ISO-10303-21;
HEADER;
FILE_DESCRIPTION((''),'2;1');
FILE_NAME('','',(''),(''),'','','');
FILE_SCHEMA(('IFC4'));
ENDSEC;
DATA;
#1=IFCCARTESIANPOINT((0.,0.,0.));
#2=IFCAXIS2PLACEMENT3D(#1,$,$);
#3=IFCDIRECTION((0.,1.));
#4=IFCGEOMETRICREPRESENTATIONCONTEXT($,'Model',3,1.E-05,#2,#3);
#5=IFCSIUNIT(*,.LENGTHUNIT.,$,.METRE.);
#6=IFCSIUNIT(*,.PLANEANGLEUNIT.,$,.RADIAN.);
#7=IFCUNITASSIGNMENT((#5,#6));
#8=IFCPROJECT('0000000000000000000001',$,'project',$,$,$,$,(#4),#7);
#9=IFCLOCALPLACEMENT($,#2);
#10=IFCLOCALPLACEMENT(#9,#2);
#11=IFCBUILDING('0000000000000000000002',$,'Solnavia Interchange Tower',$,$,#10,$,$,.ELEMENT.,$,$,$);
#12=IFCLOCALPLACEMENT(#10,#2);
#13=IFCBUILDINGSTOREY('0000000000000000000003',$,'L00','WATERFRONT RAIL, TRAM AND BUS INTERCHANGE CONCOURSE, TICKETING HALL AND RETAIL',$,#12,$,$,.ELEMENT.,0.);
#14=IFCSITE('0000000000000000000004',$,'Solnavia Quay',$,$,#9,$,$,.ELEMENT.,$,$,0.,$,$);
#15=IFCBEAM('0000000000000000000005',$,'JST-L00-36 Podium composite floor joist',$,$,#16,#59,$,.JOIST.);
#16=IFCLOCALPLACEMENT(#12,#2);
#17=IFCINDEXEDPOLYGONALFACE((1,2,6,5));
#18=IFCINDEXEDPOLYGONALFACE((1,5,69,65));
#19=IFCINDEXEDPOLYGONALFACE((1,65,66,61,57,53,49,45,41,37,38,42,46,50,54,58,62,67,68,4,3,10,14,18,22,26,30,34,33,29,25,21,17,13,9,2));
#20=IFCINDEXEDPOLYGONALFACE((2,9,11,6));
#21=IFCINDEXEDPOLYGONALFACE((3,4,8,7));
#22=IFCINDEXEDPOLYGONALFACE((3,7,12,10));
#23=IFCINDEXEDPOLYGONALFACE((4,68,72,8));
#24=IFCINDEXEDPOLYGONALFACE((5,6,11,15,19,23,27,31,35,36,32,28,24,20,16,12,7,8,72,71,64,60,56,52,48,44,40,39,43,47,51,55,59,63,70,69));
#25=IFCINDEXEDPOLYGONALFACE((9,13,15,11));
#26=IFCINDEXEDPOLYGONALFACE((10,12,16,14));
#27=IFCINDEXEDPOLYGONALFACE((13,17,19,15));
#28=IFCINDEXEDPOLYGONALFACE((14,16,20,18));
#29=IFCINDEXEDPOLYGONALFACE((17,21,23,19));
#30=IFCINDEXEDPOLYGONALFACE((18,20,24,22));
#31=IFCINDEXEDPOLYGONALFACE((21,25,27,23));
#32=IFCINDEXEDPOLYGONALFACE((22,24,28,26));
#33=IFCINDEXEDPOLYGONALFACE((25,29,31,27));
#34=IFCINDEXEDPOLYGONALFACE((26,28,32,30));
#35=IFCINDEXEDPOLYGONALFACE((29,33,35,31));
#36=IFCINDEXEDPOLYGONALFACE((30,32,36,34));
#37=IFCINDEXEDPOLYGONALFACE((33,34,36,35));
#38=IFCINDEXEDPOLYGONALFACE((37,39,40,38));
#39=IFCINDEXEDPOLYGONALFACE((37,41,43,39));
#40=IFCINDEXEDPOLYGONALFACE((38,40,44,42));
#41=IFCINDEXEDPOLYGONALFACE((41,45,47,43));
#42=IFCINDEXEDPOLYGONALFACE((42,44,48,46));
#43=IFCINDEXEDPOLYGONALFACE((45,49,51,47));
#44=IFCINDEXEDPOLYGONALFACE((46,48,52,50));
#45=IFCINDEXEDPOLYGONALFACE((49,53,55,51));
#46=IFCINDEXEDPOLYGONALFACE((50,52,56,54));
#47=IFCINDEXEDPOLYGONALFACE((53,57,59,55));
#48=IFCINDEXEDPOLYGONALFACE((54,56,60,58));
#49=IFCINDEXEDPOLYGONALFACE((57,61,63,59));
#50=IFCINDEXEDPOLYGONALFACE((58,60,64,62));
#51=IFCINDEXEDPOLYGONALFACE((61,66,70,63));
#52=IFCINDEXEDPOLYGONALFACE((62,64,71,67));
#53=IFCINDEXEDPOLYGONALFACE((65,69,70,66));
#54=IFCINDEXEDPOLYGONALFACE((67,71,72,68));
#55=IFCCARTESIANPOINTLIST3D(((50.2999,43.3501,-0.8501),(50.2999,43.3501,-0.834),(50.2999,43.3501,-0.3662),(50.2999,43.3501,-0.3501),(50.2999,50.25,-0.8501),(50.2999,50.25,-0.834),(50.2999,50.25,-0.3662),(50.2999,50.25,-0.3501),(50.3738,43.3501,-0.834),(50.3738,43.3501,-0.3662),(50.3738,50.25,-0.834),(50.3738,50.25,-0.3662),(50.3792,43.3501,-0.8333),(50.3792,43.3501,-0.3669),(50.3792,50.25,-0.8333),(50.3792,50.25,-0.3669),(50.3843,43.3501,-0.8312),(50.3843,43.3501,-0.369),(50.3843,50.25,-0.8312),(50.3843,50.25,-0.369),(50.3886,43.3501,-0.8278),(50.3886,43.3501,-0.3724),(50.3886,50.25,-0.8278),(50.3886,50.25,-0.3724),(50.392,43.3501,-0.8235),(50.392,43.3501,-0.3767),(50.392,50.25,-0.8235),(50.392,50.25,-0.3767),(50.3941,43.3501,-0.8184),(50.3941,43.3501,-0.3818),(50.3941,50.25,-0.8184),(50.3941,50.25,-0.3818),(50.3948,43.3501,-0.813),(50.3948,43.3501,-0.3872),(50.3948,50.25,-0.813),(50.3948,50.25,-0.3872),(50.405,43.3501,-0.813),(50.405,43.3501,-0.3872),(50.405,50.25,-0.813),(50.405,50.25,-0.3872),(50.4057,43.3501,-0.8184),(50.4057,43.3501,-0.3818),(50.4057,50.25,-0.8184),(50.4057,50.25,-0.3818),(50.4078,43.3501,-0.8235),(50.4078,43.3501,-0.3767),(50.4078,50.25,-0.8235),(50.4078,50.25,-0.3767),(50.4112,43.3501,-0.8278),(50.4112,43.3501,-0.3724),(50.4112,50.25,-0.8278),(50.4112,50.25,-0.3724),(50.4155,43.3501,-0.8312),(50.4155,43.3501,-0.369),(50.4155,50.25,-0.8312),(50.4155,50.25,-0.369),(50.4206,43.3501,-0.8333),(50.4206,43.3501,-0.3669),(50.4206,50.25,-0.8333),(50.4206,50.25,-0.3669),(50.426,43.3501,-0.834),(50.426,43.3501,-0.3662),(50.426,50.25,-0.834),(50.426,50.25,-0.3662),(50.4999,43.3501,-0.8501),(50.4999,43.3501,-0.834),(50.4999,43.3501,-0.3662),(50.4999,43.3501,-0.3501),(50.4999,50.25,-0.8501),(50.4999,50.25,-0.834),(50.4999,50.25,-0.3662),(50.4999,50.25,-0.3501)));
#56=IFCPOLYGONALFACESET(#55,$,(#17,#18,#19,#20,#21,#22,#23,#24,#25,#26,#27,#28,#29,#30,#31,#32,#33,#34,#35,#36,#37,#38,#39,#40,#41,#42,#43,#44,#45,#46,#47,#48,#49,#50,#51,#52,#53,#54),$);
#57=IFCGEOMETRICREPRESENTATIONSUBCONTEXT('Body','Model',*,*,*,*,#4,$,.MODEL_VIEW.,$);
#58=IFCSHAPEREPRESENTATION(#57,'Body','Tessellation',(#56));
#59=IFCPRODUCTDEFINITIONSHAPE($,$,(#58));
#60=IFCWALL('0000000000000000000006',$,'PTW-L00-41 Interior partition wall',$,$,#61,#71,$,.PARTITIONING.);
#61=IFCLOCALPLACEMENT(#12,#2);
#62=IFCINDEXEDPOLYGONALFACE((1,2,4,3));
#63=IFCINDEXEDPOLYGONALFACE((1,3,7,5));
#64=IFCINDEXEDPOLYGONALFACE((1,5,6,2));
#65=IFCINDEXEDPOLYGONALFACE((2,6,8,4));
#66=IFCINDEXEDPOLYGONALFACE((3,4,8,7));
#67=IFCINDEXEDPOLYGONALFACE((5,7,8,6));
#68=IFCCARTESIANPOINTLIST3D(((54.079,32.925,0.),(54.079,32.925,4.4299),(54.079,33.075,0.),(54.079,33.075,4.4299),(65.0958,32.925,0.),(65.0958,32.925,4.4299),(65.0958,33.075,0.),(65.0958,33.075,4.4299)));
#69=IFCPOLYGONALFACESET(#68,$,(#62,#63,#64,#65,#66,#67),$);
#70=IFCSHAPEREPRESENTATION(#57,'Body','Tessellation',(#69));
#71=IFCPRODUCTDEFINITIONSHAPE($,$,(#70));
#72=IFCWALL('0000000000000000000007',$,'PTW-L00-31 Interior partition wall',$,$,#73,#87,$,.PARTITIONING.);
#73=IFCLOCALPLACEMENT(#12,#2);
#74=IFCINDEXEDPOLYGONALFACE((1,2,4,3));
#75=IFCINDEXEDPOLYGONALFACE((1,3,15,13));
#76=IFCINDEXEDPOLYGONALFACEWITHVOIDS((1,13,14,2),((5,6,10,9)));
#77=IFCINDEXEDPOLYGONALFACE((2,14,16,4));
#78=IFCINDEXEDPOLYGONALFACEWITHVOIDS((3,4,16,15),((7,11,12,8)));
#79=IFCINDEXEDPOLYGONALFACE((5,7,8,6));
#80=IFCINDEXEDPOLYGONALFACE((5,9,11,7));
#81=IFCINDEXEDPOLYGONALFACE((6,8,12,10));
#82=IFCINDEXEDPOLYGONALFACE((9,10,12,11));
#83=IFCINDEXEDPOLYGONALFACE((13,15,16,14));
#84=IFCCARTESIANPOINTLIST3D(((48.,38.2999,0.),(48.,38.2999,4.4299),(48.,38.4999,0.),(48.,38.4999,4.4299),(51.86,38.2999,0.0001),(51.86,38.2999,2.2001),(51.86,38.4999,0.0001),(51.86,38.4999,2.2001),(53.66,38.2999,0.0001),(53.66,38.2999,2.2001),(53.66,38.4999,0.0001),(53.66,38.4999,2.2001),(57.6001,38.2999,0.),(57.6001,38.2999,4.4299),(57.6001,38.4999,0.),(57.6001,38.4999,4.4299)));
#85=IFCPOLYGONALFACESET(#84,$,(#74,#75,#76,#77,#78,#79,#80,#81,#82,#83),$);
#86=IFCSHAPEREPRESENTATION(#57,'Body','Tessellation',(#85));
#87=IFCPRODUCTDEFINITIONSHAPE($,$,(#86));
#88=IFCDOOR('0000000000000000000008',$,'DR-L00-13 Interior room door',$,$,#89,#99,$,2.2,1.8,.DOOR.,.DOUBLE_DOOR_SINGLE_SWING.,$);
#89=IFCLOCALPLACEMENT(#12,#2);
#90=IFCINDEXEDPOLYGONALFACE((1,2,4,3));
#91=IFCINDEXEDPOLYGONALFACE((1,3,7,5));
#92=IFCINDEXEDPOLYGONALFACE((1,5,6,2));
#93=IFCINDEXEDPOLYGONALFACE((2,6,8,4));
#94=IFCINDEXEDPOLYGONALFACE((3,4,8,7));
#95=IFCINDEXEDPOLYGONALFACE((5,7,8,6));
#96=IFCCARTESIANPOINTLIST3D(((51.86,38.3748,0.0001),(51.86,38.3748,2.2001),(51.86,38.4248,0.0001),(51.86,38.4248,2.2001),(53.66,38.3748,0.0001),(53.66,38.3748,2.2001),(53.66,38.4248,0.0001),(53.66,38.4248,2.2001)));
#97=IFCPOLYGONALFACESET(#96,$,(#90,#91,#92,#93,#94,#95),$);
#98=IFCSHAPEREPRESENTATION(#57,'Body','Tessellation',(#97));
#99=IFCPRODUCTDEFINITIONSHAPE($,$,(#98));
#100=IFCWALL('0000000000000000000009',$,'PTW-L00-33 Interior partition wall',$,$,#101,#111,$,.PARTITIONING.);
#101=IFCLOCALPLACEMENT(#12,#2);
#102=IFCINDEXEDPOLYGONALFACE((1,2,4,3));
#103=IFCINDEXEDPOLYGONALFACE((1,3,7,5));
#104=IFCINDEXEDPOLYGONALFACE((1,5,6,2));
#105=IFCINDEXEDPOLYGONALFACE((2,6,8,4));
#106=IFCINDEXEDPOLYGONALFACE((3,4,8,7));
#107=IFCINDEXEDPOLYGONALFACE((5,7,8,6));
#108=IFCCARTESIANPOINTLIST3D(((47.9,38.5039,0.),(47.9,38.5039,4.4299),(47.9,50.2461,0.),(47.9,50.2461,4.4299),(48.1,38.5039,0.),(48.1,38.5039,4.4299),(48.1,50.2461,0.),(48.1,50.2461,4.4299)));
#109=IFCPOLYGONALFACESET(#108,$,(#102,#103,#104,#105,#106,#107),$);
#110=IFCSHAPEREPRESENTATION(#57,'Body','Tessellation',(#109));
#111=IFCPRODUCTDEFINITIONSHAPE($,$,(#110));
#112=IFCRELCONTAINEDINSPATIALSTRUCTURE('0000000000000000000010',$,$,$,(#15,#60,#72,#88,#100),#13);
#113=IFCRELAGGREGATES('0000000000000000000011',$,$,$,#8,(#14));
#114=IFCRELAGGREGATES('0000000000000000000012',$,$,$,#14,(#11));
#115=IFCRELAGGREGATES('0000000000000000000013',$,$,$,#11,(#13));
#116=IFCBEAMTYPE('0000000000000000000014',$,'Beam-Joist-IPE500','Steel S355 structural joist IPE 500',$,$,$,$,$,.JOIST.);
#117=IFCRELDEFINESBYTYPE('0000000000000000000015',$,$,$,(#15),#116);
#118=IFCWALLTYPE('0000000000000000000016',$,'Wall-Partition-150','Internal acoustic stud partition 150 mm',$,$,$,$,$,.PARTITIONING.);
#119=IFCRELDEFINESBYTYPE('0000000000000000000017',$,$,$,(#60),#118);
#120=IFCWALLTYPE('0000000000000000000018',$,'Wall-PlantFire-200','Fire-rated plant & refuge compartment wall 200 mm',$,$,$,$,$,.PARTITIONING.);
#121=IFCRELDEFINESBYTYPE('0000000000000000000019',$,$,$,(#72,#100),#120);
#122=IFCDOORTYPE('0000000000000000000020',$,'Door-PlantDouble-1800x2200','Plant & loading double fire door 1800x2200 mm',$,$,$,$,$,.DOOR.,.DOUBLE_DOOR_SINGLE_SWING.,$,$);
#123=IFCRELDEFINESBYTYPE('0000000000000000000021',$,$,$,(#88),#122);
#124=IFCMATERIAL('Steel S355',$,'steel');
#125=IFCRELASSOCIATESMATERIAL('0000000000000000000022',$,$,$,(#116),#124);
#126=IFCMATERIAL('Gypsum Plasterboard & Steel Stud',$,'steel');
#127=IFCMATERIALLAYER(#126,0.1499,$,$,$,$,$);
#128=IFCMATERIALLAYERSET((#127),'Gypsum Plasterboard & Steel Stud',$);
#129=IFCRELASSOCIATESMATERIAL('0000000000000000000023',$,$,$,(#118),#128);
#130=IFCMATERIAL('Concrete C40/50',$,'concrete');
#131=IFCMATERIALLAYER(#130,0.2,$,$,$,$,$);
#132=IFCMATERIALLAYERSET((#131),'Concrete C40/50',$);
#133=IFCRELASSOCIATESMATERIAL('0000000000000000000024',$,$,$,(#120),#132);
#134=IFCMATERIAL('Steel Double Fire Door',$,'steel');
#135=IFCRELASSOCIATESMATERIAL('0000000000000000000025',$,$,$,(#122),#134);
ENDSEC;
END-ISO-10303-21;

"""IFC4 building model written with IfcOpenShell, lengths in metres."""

from ifc_helpers import new_model, si_unit, direction, frame, frame_2d, origin, origin_2d, place, context, subcontext, project, spatial, rectangle, i_section, extrude, material, layer, layer_set, material_profile, profile_set, type_object, element, fill, save


model = new_model("IFC4")

# Units and contexts
model_context = context("Model", 3, precision=1e-05, world=origin(), true_north=direction((0.0, 1.0)))
body_context = subcontext(model_context, "Body", "Model", "MODEL_VIEW")
ifc_project = project(units=[si_unit("LENGTHUNIT", "METRE"), si_unit("PLANEANGLEUNIT", "RADIAN")], contexts=[model_context])

# Site, building, storey
site_placement = place(None, origin())
site = spatial("IfcSite", under=ifc_project, at=site_placement, Name="Solnavia Quay", CompositionType="ELEMENT", RefElevation=0.0)
building_placement = place(site_placement, origin())
building = spatial("IfcBuilding", under=site, at=building_placement, Name="Solnavia Interchange Tower", CompositionType="ELEMENT")
storey_placement = place(building_placement, origin())
storey = spatial("IfcBuildingStorey", under=building, at=storey_placement, Name="L00", Description="WATERFRONT RAIL, TRAM AND BUS INTERCHANGE CONCOURSE, TICKETING HALL AND RETAIL", CompositionType="ELEMENT", Elevation=0.0)

# Beam
ifc_material_1 = material(Name="Steel S355", Category="steel")
ifc_material_profile_1 = material_profile(ifc_material_1, i_section(OverallWidth=0.2, OverallDepth=0.5, WebThickness=0.0103, FlangeThickness=0.0161, FilletRadius=0.021, at=origin_2d()), Name="IPE 500")
ifc_profile_set_1 = profile_set([ifc_material_profile_1], Name="Steel S355")
beam_type_1 = type_object("IfcBeamType", Name="Beam-Joist-IPE500", Description="Steel S355 structural joist IPE 500", PredefinedType="JOIST", material=ifc_profile_set_1)
beam_1_placement = place(storey_placement, frame((50.3999, 43.3501, -0.6001), z_axis=(0.0, 1.0, 0.0), x_axis=(-1.0, 0.0, 0.0)))
element("IfcBeam", 1, at=beam_1_placement, inside=storey, type_object=beam_type_1, Name="JST-L00-36 Podium composite floor joist", PredefinedType="JOIST", context=body_context, shape_type="SweptSolid", body=[
    extrude(i_section(OverallWidth=0.2, OverallDepth=0.5, WebThickness=0.0103, FlangeThickness=0.0161, FilletRadius=0.021, at=origin_2d()), origin(), (0.0, 0.0, 1.0), 6.8999),
])

# Wall
ifc_material_2 = material(Name="Gypsum Plasterboard & Steel Stud", Category="steel")
ifc_layer_1 = layer(ifc_material_2, 0.1499)
ifc_layer_set_1 = layer_set([ifc_layer_1], Name="Gypsum Plasterboard & Steel Stud")
wall_type_1 = type_object("IfcWallType", Name="Wall-Partition-150", Description="Internal acoustic stud partition 150 mm", PredefinedType="PARTITIONING", material=ifc_layer_set_1)
wall_1_placement = place(storey_placement, frame((54.0791, 33.0, 0.0), z_axis=(0.0, 0.0, 1.0), x_axis=(1.0, 0.0, 0.0)))
element("IfcWall", 2, at=wall_1_placement, inside=storey, type_object=wall_type_1, Name="PTW-L00-41 Interior partition wall", PredefinedType="PARTITIONING", context=body_context, shape_type="SweptSolid", body=[
    extrude(rectangle(XDim=11.0168, YDim=0.1499, at=frame_2d((5.5083, 0.0))), origin(), (0.0, 0.0, 1.0), 4.4299),
])

# Wall, opening, door
ifc_material_3 = material(Name="Concrete C40/50", Category="concrete")
ifc_layer_2 = layer(ifc_material_3, 0.2)
ifc_layer_set_2 = layer_set([ifc_layer_2], Name="Concrete C40/50")
wall_type_2 = type_object("IfcWallType", Name="Wall-PlantFire-200", Description="Fire-rated plant & refuge compartment wall 200 mm", PredefinedType="PARTITIONING", material=ifc_layer_set_2)
wall_2_placement = place(storey_placement, frame((48.0, 38.3999, 0.0), z_axis=(0.0, 0.0, 1.0), x_axis=(1.0, 0.0, 0.0)))
wall_2 = element("IfcWall", 3, at=wall_2_placement, inside=storey, type_object=wall_type_2, Name="PTW-L00-31 Interior partition wall", PredefinedType="PARTITIONING", context=body_context, shape_type="SweptSolid", body=[
    extrude(rectangle(XDim=9.6001, YDim=0.2, at=frame_2d((4.8, 0.0))), origin(), (0.0, 0.0, 1.0), 4.4299),
])
opening_placement = place(wall_2_placement, frame((3.8601, 0.0, 0.0)))
opening = element("IfcOpeningElement", 4, at=opening_placement, cuts=wall_2, PredefinedType="OPENING", context=body_context, shape_type="SweptSolid", body=[
    extrude(rectangle(XDim=1.8, YDim=2.2, at=frame_2d((0.8999, 1.1001))), frame((0.0, 0.1099, 0.0), z_axis=(0.0, -1.0, 0.0), x_axis=(1.0, 0.0, 0.0)), (0.0, 0.0, 1.0), 0.22),
])
ifc_material_4 = material(Name="Steel Double Fire Door", Category="steel")
door_type = type_object("IfcDoorType", Name="Door-PlantDouble-1800x2200", Description="Plant & loading double fire door 1800x2200 mm", OperationType="DOUBLE_DOOR_SINGLE_SWING", PredefinedType="DOOR", material=ifc_material_4)
door_placement = place(opening_placement, origin())
door = element("IfcDoor", 5, at=door_placement, inside=storey, type_object=door_type, Name="DR-L00-13 Interior room door", OperationType="DOUBLE_DOOR_SINGLE_SWING", OverallHeight=2.2, OverallWidth=1.8, PredefinedType="DOOR", context=body_context, shape_type="SweptSolid", body=[
    extrude(rectangle(XDim=1.8, YDim=2.2, at=frame_2d((0.8999, 1.1001))), frame((0.0, 0.0249, 0.0), z_axis=(0.0, -1.0, 0.0), x_axis=(1.0, 0.0, 0.0)), (0.0, 0.0, 1.0), 0.05),
])
fill(opening, door)

# Wall
wall_3_placement = place(storey_placement, frame((48.0, 38.5039, 0.0), z_axis=(0.0, 0.0, 1.0), x_axis=(0.0, 1.0, 0.0)))
element("IfcWall", 6, at=wall_3_placement, inside=storey, type_object=wall_type_2, Name="PTW-L00-33 Interior partition wall", PredefinedType="PARTITIONING", context=body_context, shape_type="SweptSolid", body=[
    extrude(rectangle(XDim=11.7422, YDim=0.2, at=frame_2d((5.8711, 0.0))), origin(), (0.0, 0.0, 1.0), 4.4299),
])

save(model, "model.ifc")
